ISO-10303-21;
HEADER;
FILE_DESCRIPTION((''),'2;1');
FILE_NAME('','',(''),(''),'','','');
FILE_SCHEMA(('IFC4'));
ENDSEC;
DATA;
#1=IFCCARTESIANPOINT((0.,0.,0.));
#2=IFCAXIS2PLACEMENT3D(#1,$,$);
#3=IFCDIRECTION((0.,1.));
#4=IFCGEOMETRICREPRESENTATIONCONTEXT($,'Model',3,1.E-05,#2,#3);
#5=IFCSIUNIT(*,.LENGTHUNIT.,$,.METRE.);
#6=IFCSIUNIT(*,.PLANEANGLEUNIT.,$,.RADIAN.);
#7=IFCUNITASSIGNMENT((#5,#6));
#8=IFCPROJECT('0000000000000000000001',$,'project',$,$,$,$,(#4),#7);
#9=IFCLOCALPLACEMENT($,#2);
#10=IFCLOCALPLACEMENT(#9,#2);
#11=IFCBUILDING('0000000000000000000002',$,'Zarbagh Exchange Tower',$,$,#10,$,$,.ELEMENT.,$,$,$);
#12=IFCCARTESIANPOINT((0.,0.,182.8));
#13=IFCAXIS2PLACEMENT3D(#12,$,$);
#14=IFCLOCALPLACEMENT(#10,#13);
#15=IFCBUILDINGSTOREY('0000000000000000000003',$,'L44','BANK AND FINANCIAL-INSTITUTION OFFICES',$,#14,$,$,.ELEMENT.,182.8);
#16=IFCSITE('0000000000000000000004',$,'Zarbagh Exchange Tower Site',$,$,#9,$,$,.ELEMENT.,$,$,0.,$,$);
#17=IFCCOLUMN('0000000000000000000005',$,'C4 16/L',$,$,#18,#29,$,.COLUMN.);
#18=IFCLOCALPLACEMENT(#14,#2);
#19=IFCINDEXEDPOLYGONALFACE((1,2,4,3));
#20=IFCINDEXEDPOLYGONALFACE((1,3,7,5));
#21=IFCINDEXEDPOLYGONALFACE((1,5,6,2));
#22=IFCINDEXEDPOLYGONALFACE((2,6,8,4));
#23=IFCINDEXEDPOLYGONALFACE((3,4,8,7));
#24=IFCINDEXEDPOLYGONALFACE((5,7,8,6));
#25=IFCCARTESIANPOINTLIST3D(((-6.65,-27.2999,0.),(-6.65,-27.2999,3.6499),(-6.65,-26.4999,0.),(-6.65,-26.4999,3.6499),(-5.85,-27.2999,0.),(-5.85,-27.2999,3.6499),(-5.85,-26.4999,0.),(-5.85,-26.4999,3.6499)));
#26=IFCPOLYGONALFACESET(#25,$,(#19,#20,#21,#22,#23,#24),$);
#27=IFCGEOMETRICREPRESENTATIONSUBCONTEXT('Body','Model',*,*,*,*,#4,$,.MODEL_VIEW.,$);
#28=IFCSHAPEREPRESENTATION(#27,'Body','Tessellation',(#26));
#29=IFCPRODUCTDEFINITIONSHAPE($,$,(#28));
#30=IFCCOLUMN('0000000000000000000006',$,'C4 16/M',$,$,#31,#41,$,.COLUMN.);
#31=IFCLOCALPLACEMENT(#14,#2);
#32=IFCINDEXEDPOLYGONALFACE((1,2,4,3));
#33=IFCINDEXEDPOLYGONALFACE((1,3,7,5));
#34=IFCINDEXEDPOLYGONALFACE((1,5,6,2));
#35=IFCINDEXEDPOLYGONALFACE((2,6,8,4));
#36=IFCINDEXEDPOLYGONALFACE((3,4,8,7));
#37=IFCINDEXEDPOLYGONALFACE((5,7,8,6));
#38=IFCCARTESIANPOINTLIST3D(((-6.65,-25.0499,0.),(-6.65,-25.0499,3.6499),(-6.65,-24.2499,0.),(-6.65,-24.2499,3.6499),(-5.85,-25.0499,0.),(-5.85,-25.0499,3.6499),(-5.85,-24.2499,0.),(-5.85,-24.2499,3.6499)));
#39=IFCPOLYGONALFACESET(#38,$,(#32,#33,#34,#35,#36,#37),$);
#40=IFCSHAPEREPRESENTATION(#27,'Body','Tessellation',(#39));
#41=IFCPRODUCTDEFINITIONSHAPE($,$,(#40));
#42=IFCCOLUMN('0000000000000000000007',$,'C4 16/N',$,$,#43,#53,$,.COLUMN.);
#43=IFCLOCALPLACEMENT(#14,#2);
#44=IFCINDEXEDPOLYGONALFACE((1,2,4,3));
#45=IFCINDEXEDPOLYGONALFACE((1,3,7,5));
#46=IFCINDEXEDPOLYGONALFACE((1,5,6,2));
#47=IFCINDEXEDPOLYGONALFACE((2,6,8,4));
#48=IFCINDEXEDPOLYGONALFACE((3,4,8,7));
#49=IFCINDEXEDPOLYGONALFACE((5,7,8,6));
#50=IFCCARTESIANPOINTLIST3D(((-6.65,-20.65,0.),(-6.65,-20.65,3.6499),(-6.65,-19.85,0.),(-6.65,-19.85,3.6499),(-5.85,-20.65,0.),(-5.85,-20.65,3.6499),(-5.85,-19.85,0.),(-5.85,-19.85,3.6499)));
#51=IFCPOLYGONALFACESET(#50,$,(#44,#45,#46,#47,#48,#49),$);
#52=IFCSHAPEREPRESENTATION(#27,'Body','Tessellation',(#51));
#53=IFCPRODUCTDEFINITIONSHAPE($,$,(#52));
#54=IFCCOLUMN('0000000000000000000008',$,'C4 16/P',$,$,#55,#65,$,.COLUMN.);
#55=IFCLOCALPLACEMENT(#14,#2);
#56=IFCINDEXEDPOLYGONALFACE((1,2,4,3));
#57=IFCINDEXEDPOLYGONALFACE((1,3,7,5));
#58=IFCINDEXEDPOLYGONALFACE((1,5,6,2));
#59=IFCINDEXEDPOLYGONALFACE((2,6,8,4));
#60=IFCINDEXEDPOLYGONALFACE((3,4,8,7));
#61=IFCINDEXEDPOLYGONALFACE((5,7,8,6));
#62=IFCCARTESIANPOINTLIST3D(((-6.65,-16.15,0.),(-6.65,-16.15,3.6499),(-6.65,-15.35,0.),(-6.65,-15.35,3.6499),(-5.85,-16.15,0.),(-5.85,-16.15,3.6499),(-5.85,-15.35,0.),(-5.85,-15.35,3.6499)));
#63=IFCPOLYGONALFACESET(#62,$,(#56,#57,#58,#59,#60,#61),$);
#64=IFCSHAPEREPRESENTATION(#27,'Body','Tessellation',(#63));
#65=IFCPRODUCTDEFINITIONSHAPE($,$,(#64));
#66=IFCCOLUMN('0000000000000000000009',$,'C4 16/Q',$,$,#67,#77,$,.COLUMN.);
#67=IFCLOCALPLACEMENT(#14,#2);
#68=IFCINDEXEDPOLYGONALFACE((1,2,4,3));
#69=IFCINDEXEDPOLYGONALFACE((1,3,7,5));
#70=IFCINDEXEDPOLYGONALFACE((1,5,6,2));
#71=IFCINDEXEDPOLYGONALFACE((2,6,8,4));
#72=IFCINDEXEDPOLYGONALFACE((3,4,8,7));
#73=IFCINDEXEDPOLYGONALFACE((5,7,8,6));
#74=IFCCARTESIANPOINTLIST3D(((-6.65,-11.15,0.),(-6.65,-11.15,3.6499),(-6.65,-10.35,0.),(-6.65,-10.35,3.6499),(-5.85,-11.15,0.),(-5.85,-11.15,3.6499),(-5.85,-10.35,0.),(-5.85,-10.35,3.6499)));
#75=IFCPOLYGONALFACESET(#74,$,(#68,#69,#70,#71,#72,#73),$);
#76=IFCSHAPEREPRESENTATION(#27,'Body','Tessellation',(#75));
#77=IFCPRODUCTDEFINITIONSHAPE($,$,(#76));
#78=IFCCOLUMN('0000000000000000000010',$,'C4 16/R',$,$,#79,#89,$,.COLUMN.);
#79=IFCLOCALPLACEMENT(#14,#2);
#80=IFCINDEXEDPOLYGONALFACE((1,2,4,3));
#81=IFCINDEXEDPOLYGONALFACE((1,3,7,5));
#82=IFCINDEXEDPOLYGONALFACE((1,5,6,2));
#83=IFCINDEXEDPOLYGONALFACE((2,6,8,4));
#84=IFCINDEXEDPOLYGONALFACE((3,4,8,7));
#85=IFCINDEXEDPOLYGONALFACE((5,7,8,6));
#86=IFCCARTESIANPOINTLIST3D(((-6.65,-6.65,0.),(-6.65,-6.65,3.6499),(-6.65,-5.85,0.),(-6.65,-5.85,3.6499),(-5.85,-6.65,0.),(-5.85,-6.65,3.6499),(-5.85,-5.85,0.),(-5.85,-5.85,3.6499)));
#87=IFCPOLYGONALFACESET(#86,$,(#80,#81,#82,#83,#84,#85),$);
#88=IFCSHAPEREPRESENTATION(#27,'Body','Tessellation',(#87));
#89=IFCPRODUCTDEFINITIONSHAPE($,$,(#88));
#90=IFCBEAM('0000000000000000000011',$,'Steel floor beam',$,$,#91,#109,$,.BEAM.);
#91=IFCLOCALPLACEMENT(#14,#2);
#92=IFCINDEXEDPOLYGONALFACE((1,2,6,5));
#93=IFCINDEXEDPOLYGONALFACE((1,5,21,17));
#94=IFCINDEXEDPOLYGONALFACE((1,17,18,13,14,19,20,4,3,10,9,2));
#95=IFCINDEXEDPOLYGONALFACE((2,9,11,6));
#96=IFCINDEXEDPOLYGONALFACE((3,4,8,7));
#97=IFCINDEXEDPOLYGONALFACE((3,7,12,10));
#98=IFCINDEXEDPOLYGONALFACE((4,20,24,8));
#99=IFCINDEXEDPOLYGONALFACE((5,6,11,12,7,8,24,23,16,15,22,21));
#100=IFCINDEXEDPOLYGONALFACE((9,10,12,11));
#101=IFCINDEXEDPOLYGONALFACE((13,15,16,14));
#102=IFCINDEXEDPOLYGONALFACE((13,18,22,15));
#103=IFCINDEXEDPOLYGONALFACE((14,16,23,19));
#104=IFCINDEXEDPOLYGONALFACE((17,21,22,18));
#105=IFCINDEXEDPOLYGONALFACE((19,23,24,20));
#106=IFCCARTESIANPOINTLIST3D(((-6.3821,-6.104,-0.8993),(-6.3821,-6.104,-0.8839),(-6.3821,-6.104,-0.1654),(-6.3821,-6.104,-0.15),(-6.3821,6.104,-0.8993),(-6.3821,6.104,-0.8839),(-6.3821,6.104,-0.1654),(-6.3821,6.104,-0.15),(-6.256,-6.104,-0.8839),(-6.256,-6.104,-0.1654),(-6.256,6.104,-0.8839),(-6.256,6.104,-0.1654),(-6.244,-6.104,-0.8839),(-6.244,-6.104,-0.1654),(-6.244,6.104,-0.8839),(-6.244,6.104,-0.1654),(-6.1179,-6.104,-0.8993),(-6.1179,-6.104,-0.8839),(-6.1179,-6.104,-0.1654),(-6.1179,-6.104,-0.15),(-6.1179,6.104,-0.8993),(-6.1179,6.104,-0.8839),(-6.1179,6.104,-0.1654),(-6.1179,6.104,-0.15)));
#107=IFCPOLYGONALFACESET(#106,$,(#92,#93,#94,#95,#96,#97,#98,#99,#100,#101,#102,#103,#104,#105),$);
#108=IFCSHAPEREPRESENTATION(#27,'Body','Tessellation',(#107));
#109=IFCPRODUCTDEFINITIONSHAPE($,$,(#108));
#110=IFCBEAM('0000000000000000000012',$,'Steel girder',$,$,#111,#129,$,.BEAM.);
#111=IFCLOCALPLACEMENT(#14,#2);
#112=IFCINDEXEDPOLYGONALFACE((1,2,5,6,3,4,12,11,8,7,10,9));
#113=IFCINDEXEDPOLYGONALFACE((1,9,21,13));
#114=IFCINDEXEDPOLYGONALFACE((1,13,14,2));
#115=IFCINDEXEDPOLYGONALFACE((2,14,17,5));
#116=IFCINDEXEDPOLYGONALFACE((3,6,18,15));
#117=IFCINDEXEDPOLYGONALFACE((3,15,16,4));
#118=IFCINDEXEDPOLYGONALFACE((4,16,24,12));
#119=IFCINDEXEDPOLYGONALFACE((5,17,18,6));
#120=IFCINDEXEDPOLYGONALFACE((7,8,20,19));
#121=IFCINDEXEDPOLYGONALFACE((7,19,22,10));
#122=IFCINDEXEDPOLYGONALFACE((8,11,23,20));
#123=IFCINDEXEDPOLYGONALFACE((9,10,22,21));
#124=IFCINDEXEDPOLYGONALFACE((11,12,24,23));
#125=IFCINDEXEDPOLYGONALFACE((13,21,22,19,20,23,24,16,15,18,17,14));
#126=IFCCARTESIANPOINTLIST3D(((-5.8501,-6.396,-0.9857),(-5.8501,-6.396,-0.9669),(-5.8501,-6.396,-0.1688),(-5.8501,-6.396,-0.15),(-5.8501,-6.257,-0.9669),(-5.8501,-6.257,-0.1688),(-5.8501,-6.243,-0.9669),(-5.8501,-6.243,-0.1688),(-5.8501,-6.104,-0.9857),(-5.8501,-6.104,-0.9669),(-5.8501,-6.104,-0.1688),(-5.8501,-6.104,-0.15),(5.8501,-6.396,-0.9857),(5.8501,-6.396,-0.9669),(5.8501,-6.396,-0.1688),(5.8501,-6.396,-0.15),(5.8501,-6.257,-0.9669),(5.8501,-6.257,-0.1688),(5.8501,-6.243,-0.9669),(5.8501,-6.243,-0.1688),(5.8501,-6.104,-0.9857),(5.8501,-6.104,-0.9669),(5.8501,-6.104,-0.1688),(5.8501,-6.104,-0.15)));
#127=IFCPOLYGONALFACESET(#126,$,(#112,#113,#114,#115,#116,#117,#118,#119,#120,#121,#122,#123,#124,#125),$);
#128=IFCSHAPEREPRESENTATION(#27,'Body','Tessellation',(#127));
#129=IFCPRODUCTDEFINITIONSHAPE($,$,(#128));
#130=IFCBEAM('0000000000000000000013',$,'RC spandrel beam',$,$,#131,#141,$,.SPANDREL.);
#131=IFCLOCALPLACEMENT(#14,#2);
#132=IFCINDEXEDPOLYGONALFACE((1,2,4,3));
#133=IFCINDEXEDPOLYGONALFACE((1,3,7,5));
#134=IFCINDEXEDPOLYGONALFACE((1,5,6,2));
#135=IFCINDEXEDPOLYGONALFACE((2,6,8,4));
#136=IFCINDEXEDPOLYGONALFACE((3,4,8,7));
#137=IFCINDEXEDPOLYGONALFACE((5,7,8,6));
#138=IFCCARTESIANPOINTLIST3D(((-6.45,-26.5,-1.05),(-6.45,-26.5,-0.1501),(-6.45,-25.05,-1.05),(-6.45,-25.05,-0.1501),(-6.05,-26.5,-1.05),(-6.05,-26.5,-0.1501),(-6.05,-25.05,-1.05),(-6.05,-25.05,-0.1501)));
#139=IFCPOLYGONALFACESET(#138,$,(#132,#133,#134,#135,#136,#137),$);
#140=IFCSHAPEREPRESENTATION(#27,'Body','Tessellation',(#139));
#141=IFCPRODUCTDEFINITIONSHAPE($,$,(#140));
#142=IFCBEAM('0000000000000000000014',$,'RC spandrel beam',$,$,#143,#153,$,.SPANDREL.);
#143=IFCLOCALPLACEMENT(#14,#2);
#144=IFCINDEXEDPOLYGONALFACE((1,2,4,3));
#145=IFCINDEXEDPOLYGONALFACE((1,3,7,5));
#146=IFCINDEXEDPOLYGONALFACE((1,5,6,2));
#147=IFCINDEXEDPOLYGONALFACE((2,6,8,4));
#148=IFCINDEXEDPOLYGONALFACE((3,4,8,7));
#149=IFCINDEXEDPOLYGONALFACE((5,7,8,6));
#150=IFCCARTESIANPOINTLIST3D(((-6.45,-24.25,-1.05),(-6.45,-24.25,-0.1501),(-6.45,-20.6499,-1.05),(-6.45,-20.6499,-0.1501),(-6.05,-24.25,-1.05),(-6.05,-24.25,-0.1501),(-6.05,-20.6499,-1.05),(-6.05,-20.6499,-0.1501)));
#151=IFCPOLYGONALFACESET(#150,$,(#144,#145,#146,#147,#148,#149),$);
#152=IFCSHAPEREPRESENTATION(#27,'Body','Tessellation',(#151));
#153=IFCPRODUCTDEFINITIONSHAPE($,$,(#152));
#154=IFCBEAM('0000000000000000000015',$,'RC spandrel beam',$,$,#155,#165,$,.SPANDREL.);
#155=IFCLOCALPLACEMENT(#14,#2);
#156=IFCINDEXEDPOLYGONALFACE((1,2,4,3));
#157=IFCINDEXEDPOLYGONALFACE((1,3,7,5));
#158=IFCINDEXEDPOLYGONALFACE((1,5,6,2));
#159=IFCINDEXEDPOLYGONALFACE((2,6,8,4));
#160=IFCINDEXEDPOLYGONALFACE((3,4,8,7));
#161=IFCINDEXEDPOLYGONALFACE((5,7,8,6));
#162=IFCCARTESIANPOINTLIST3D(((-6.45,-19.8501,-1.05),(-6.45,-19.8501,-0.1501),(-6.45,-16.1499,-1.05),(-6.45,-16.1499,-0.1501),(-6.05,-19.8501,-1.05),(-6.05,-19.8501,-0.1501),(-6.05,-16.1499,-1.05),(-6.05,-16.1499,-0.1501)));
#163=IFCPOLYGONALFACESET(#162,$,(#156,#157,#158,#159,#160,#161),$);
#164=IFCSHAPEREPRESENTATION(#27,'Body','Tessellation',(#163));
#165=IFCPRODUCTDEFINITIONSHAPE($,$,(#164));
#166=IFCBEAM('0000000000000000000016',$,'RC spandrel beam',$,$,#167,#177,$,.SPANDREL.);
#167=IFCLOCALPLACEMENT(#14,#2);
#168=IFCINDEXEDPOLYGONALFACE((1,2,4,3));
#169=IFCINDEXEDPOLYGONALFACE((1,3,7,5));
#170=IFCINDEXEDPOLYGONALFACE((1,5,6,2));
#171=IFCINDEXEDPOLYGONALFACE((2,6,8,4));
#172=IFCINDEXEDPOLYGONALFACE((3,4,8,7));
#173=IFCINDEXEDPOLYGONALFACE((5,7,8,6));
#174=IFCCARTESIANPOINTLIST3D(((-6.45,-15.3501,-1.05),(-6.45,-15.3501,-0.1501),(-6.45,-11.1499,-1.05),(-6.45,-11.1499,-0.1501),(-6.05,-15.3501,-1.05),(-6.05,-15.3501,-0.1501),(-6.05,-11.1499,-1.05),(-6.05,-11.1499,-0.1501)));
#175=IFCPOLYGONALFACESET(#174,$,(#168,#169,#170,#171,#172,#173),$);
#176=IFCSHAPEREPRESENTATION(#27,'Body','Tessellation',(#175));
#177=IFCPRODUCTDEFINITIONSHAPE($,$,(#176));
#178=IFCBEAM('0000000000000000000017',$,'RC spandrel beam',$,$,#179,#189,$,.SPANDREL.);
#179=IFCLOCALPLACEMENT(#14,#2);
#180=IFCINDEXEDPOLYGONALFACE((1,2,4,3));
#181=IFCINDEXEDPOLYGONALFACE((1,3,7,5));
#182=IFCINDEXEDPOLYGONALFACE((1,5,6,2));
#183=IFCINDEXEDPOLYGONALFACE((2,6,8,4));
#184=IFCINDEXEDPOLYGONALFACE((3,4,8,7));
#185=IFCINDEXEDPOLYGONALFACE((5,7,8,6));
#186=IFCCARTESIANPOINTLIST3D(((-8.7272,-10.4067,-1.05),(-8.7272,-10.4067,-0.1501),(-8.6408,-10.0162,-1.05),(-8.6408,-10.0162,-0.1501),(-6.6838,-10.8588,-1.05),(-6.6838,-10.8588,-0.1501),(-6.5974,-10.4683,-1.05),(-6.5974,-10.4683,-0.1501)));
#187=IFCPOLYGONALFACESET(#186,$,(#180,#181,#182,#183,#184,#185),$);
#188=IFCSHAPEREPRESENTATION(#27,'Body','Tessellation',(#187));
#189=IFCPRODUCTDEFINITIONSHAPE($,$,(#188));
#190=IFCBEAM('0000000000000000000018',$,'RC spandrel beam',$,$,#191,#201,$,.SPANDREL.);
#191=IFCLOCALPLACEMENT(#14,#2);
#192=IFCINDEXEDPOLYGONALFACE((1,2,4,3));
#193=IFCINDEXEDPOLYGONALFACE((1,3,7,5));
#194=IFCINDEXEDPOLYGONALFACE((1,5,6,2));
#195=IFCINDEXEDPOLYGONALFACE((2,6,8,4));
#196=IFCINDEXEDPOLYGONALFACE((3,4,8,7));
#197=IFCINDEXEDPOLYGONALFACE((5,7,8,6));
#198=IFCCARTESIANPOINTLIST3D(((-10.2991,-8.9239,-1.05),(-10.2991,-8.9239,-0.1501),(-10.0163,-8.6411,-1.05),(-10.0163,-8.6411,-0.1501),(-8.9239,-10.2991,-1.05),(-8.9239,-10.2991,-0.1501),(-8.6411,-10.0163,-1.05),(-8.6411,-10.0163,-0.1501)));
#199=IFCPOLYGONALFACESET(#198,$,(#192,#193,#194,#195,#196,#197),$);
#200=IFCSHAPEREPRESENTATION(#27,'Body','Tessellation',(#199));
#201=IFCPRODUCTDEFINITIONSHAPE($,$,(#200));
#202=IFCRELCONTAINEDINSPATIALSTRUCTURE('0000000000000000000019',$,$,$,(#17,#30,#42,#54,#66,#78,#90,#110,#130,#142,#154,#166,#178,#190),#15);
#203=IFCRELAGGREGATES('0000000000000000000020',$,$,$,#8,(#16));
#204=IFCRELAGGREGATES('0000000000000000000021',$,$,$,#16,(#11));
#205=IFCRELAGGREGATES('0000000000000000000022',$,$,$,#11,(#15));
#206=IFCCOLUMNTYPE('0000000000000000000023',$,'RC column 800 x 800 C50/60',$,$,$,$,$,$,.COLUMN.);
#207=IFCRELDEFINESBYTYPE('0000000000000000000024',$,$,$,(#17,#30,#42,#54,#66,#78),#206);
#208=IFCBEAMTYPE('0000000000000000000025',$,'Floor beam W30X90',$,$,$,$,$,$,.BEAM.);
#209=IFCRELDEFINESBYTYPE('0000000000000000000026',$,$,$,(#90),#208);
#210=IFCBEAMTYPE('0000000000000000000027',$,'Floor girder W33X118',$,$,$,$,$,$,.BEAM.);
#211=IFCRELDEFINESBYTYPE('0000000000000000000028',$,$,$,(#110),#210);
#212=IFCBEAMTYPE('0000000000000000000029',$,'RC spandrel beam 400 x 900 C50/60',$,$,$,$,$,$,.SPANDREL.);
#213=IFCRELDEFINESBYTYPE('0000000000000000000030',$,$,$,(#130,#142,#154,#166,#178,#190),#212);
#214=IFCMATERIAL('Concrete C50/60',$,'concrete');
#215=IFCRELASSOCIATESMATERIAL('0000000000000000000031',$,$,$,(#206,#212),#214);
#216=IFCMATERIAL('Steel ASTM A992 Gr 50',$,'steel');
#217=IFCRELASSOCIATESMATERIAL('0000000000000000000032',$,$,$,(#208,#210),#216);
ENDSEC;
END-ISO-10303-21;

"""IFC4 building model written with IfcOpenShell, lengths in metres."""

from ifc_helpers import new_model, si_unit, direction, frame, origin, origin_2d, place, context, subcontext, project, spatial, rectangle, i_section, extrude, material, material_profile, profile_set, type_object, element, save


model = new_model("IFC4")

# Units and contexts
model_context = context("Model", 3, precision=1e-05, world=origin(), true_north=direction((0.0, 1.0)))
body_context = subcontext(model_context, "Body", "Model", "MODEL_VIEW")
ifc_project = project(units=[si_unit("LENGTHUNIT", "METRE"), si_unit("PLANEANGLEUNIT", "RADIAN")], contexts=[model_context])

# Site, building, storey
site_placement = place(None, origin())
site = spatial("IfcSite", under=ifc_project, at=site_placement, Name="Zarbagh Exchange Tower Site", CompositionType="ELEMENT", RefElevation=0.0)
building_placement = place(site_placement, origin())
building = spatial("IfcBuilding", under=site, at=building_placement, Name="Zarbagh Exchange Tower", CompositionType="ELEMENT")
storey_placement = place(building_placement, frame((0.0, 0.0, 182.8)))
storey = spatial("IfcBuildingStorey", under=building, at=storey_placement, Name="L44", Description="BANK AND FINANCIAL-INSTITUTION OFFICES", CompositionType="ELEMENT", Elevation=182.8)

# Columns
ifc_material_1 = material(Name="Concrete C50/60", Category="concrete")
ifc_material_profile_1 = material_profile(ifc_material_1, rectangle(XDim=0.8, YDim=0.8, at=origin_2d()), Name="RC column 800 x 800 C50/60")
ifc_profile_set_1 = profile_set([ifc_material_profile_1], Name="Concrete C50/60")
column_type = type_object("IfcColumnType", Name="RC column 800 x 800 C50/60", PredefinedType="COLUMN", material=ifc_profile_set_1)
for number, where, z_axis, x_axis, name in (
    (1, (-6.25, -26.8999, 0.0), (0.0, 0.0, 1.0), (1.0, 0.0, 0.0), "C4 16/L"),
    (2, (-6.25, -24.6499, 0.0), (0.0, 0.0, 1.0), (1.0, 0.0, 0.0), "C4 16/M"),
    (3, (-6.25, -20.25, 0.0), (0.0, 0.0, 1.0), (1.0, 0.0, 0.0), "C4 16/N"),
    (4, (-6.25, -15.75, 0.0), (0.0, 0.0, 1.0), (1.0, 0.0, 0.0), "C4 16/P"),
    (5, (-6.25, -10.75, 0.0), (0.0, 0.0, 1.0), (1.0, 0.0, 0.0), "C4 16/Q"),
    (6, (-6.25, -6.25, 0.0), (0.0, 0.0, 1.0), (1.0, 0.0, 0.0), "C4 16/R"),
):
    element("IfcColumn", number, at=place(storey_placement, frame(where, z_axis=z_axis, x_axis=x_axis)), inside=storey, type_object=column_type, Name=name, PredefinedType="COLUMN", context=body_context, shape_type="SweptSolid", body=[
        extrude(rectangle(XDim=0.8, YDim=0.8, at=origin_2d()), origin(), (0.0, 0.0, 1.0), 3.6499),
    ])

# Beams
ifc_material_2 = material(Name="Steel ASTM A992 Gr 50", Category="steel")
ifc_material_profile_2 = material_profile(ifc_material_2, i_section(OverallWidth=0.2642, OverallDepth=0.7493, WebThickness=0.012, FlangeThickness=0.0154, at=origin_2d()), Name="W30X90")
ifc_profile_set_2 = profile_set([ifc_material_profile_2], Name="Steel ASTM A992 Gr 50")
beam_type_1 = type_object("IfcBeamType", Name="Floor beam W30X90", PredefinedType="BEAM", material=ifc_profile_set_2)
beam_1_placement = place(storey_placement, frame((-6.25, -6.104, -0.5247), z_axis=(0.0, 1.0, 0.0), x_axis=(-1.0, 0.0, 0.0)))
element("IfcBeam", 7, at=beam_1_placement, inside=storey, type_object=beam_type_1, Name="Steel floor beam", PredefinedType="BEAM", context=body_context, shape_type="SweptSolid", body=[
    extrude(i_section(OverallWidth=0.2642, OverallDepth=0.7493, WebThickness=0.012, FlangeThickness=0.0154, at=origin_2d()), origin(), (0.0, 0.0, 1.0), 12.208),
])
ifc_material_profile_3 = material_profile(ifc_material_2, i_section(OverallWidth=0.292, OverallDepth=0.8357, WebThickness=0.0139, FlangeThickness=0.0188, at=origin_2d()), Name="W33X118")
ifc_profile_set_3 = profile_set([ifc_material_profile_3], Name="Steel ASTM A992 Gr 50")
beam_type_2 = type_object("IfcBeamType", Name="Floor girder W33X118", PredefinedType="BEAM", material=ifc_profile_set_3)
beam_2_placement = place(storey_placement, frame((-5.8501, -6.25, -0.5679), z_axis=(1.0, 0.0, 0.0), x_axis=(0.0, 1.0, 0.0)))
element("IfcBeam", 8, at=beam_2_placement, inside=storey, type_object=beam_type_2, Name="Steel girder", PredefinedType="BEAM", context=body_context, shape_type="SweptSolid", body=[
    extrude(i_section(OverallWidth=0.292, OverallDepth=0.8357, WebThickness=0.0139, FlangeThickness=0.0188, at=origin_2d()), origin(), (0.0, 0.0, 1.0), 11.7002),
])
ifc_material_profile_4 = material_profile(ifc_material_1, rectangle(XDim=0.3999, YDim=0.8999, at=origin_2d()), Name="RC spandrel beam 400 x 900 C50/60")
ifc_profile_set_4 = profile_set([ifc_material_profile_4], Name="Concrete C50/60")
beam_type_3 = type_object("IfcBeamType", Name="RC spandrel beam 400 x 900 C50/60", PredefinedType="SPANDREL", material=ifc_profile_set_4)
beam_3_placement = place(storey_placement, frame((-6.25, -26.5, -0.6001), z_axis=(0.0, 1.0, 0.0), x_axis=(-1.0, 0.0, 0.0)))
element("IfcBeam", 9, at=beam_3_placement, inside=storey, type_object=beam_type_3, Name="RC spandrel beam", PredefinedType="SPANDREL", context=body_context, shape_type="SweptSolid", body=[
    extrude(rectangle(XDim=0.3999, YDim=0.8999, at=origin_2d()), origin(), (0.0, 0.0, 1.0), 1.45),
])
beam_4_placement = place(storey_placement, frame((-6.25, -24.25, -0.6001), z_axis=(0.0, 1.0, 0.0), x_axis=(-1.0, 0.0, 0.0)))
element("IfcBeam", 10, at=beam_4_placement, inside=storey, type_object=beam_type_3, Name="RC spandrel beam", PredefinedType="SPANDREL", context=body_context, shape_type="SweptSolid", body=[
    extrude(rectangle(XDim=0.3999, YDim=0.8999, at=origin_2d()), origin(), (0.0, 0.0, 1.0), 3.6001),
])
beam_5_placement = place(storey_placement, frame((-6.25, -19.8501, -0.6001), z_axis=(0.0, 1.0, 0.0), x_axis=(-1.0, 0.0, 0.0)))
element("IfcBeam", 11, at=beam_5_placement, inside=storey, type_object=beam_type_3, Name="RC spandrel beam", PredefinedType="SPANDREL", context=body_context, shape_type="SweptSolid", body=[
    extrude(rectangle(XDim=0.3999, YDim=0.8999, at=origin_2d()), origin(), (0.0, 0.0, 1.0), 3.7002),
])
beam_6_placement = place(storey_placement, frame((-6.25, -15.3501, -0.6001), z_axis=(0.0, 1.0, 0.0), x_axis=(-1.0, 0.0, 0.0)))
element("IfcBeam", 12, at=beam_6_placement, inside=storey, type_object=beam_type_3, Name="RC spandrel beam", PredefinedType="SPANDREL", context=body_context, shape_type="SweptSolid", body=[
    extrude(rectangle(XDim=0.3999, YDim=0.8999, at=origin_2d()), origin(), (0.0, 0.0, 1.0), 4.2002),
])
beam_7_placement = place(storey_placement, frame((-6.6406, -10.6636, -0.6001), z_axis=(-0.976384, 0.216041, 0.0), x_axis=(-0.216041, -0.976384, 0.0)))
element("IfcBeam", 13, at=beam_7_placement, inside=storey, type_object=beam_type_3, Name="RC spandrel beam", PredefinedType="SPANDREL", context=body_context, shape_type="SweptSolid", body=[
    extrude(rectangle(XDim=0.3999, YDim=0.8999, at=origin_2d()), origin(), (0.0, 0.0, 1.0), 2.0928),
])
beam_8_placement = place(storey_placement, frame((-8.7825, -10.1577, -0.6001), z_axis=(-0.707107, 0.707107, 0.0), x_axis=(-0.707107, -0.707107, 0.0)))
element("IfcBeam", 14, at=beam_8_placement, inside=storey, type_object=beam_type_3, Name="RC spandrel beam", PredefinedType="SPANDREL", context=body_context, shape_type="SweptSolid", body=[
    extrude(rectangle(XDim=0.3999, YDim=0.8999, at=origin_2d()), origin(), (0.0, 0.0, 1.0), 1.9448),
])

save(model, "model.ifc")
